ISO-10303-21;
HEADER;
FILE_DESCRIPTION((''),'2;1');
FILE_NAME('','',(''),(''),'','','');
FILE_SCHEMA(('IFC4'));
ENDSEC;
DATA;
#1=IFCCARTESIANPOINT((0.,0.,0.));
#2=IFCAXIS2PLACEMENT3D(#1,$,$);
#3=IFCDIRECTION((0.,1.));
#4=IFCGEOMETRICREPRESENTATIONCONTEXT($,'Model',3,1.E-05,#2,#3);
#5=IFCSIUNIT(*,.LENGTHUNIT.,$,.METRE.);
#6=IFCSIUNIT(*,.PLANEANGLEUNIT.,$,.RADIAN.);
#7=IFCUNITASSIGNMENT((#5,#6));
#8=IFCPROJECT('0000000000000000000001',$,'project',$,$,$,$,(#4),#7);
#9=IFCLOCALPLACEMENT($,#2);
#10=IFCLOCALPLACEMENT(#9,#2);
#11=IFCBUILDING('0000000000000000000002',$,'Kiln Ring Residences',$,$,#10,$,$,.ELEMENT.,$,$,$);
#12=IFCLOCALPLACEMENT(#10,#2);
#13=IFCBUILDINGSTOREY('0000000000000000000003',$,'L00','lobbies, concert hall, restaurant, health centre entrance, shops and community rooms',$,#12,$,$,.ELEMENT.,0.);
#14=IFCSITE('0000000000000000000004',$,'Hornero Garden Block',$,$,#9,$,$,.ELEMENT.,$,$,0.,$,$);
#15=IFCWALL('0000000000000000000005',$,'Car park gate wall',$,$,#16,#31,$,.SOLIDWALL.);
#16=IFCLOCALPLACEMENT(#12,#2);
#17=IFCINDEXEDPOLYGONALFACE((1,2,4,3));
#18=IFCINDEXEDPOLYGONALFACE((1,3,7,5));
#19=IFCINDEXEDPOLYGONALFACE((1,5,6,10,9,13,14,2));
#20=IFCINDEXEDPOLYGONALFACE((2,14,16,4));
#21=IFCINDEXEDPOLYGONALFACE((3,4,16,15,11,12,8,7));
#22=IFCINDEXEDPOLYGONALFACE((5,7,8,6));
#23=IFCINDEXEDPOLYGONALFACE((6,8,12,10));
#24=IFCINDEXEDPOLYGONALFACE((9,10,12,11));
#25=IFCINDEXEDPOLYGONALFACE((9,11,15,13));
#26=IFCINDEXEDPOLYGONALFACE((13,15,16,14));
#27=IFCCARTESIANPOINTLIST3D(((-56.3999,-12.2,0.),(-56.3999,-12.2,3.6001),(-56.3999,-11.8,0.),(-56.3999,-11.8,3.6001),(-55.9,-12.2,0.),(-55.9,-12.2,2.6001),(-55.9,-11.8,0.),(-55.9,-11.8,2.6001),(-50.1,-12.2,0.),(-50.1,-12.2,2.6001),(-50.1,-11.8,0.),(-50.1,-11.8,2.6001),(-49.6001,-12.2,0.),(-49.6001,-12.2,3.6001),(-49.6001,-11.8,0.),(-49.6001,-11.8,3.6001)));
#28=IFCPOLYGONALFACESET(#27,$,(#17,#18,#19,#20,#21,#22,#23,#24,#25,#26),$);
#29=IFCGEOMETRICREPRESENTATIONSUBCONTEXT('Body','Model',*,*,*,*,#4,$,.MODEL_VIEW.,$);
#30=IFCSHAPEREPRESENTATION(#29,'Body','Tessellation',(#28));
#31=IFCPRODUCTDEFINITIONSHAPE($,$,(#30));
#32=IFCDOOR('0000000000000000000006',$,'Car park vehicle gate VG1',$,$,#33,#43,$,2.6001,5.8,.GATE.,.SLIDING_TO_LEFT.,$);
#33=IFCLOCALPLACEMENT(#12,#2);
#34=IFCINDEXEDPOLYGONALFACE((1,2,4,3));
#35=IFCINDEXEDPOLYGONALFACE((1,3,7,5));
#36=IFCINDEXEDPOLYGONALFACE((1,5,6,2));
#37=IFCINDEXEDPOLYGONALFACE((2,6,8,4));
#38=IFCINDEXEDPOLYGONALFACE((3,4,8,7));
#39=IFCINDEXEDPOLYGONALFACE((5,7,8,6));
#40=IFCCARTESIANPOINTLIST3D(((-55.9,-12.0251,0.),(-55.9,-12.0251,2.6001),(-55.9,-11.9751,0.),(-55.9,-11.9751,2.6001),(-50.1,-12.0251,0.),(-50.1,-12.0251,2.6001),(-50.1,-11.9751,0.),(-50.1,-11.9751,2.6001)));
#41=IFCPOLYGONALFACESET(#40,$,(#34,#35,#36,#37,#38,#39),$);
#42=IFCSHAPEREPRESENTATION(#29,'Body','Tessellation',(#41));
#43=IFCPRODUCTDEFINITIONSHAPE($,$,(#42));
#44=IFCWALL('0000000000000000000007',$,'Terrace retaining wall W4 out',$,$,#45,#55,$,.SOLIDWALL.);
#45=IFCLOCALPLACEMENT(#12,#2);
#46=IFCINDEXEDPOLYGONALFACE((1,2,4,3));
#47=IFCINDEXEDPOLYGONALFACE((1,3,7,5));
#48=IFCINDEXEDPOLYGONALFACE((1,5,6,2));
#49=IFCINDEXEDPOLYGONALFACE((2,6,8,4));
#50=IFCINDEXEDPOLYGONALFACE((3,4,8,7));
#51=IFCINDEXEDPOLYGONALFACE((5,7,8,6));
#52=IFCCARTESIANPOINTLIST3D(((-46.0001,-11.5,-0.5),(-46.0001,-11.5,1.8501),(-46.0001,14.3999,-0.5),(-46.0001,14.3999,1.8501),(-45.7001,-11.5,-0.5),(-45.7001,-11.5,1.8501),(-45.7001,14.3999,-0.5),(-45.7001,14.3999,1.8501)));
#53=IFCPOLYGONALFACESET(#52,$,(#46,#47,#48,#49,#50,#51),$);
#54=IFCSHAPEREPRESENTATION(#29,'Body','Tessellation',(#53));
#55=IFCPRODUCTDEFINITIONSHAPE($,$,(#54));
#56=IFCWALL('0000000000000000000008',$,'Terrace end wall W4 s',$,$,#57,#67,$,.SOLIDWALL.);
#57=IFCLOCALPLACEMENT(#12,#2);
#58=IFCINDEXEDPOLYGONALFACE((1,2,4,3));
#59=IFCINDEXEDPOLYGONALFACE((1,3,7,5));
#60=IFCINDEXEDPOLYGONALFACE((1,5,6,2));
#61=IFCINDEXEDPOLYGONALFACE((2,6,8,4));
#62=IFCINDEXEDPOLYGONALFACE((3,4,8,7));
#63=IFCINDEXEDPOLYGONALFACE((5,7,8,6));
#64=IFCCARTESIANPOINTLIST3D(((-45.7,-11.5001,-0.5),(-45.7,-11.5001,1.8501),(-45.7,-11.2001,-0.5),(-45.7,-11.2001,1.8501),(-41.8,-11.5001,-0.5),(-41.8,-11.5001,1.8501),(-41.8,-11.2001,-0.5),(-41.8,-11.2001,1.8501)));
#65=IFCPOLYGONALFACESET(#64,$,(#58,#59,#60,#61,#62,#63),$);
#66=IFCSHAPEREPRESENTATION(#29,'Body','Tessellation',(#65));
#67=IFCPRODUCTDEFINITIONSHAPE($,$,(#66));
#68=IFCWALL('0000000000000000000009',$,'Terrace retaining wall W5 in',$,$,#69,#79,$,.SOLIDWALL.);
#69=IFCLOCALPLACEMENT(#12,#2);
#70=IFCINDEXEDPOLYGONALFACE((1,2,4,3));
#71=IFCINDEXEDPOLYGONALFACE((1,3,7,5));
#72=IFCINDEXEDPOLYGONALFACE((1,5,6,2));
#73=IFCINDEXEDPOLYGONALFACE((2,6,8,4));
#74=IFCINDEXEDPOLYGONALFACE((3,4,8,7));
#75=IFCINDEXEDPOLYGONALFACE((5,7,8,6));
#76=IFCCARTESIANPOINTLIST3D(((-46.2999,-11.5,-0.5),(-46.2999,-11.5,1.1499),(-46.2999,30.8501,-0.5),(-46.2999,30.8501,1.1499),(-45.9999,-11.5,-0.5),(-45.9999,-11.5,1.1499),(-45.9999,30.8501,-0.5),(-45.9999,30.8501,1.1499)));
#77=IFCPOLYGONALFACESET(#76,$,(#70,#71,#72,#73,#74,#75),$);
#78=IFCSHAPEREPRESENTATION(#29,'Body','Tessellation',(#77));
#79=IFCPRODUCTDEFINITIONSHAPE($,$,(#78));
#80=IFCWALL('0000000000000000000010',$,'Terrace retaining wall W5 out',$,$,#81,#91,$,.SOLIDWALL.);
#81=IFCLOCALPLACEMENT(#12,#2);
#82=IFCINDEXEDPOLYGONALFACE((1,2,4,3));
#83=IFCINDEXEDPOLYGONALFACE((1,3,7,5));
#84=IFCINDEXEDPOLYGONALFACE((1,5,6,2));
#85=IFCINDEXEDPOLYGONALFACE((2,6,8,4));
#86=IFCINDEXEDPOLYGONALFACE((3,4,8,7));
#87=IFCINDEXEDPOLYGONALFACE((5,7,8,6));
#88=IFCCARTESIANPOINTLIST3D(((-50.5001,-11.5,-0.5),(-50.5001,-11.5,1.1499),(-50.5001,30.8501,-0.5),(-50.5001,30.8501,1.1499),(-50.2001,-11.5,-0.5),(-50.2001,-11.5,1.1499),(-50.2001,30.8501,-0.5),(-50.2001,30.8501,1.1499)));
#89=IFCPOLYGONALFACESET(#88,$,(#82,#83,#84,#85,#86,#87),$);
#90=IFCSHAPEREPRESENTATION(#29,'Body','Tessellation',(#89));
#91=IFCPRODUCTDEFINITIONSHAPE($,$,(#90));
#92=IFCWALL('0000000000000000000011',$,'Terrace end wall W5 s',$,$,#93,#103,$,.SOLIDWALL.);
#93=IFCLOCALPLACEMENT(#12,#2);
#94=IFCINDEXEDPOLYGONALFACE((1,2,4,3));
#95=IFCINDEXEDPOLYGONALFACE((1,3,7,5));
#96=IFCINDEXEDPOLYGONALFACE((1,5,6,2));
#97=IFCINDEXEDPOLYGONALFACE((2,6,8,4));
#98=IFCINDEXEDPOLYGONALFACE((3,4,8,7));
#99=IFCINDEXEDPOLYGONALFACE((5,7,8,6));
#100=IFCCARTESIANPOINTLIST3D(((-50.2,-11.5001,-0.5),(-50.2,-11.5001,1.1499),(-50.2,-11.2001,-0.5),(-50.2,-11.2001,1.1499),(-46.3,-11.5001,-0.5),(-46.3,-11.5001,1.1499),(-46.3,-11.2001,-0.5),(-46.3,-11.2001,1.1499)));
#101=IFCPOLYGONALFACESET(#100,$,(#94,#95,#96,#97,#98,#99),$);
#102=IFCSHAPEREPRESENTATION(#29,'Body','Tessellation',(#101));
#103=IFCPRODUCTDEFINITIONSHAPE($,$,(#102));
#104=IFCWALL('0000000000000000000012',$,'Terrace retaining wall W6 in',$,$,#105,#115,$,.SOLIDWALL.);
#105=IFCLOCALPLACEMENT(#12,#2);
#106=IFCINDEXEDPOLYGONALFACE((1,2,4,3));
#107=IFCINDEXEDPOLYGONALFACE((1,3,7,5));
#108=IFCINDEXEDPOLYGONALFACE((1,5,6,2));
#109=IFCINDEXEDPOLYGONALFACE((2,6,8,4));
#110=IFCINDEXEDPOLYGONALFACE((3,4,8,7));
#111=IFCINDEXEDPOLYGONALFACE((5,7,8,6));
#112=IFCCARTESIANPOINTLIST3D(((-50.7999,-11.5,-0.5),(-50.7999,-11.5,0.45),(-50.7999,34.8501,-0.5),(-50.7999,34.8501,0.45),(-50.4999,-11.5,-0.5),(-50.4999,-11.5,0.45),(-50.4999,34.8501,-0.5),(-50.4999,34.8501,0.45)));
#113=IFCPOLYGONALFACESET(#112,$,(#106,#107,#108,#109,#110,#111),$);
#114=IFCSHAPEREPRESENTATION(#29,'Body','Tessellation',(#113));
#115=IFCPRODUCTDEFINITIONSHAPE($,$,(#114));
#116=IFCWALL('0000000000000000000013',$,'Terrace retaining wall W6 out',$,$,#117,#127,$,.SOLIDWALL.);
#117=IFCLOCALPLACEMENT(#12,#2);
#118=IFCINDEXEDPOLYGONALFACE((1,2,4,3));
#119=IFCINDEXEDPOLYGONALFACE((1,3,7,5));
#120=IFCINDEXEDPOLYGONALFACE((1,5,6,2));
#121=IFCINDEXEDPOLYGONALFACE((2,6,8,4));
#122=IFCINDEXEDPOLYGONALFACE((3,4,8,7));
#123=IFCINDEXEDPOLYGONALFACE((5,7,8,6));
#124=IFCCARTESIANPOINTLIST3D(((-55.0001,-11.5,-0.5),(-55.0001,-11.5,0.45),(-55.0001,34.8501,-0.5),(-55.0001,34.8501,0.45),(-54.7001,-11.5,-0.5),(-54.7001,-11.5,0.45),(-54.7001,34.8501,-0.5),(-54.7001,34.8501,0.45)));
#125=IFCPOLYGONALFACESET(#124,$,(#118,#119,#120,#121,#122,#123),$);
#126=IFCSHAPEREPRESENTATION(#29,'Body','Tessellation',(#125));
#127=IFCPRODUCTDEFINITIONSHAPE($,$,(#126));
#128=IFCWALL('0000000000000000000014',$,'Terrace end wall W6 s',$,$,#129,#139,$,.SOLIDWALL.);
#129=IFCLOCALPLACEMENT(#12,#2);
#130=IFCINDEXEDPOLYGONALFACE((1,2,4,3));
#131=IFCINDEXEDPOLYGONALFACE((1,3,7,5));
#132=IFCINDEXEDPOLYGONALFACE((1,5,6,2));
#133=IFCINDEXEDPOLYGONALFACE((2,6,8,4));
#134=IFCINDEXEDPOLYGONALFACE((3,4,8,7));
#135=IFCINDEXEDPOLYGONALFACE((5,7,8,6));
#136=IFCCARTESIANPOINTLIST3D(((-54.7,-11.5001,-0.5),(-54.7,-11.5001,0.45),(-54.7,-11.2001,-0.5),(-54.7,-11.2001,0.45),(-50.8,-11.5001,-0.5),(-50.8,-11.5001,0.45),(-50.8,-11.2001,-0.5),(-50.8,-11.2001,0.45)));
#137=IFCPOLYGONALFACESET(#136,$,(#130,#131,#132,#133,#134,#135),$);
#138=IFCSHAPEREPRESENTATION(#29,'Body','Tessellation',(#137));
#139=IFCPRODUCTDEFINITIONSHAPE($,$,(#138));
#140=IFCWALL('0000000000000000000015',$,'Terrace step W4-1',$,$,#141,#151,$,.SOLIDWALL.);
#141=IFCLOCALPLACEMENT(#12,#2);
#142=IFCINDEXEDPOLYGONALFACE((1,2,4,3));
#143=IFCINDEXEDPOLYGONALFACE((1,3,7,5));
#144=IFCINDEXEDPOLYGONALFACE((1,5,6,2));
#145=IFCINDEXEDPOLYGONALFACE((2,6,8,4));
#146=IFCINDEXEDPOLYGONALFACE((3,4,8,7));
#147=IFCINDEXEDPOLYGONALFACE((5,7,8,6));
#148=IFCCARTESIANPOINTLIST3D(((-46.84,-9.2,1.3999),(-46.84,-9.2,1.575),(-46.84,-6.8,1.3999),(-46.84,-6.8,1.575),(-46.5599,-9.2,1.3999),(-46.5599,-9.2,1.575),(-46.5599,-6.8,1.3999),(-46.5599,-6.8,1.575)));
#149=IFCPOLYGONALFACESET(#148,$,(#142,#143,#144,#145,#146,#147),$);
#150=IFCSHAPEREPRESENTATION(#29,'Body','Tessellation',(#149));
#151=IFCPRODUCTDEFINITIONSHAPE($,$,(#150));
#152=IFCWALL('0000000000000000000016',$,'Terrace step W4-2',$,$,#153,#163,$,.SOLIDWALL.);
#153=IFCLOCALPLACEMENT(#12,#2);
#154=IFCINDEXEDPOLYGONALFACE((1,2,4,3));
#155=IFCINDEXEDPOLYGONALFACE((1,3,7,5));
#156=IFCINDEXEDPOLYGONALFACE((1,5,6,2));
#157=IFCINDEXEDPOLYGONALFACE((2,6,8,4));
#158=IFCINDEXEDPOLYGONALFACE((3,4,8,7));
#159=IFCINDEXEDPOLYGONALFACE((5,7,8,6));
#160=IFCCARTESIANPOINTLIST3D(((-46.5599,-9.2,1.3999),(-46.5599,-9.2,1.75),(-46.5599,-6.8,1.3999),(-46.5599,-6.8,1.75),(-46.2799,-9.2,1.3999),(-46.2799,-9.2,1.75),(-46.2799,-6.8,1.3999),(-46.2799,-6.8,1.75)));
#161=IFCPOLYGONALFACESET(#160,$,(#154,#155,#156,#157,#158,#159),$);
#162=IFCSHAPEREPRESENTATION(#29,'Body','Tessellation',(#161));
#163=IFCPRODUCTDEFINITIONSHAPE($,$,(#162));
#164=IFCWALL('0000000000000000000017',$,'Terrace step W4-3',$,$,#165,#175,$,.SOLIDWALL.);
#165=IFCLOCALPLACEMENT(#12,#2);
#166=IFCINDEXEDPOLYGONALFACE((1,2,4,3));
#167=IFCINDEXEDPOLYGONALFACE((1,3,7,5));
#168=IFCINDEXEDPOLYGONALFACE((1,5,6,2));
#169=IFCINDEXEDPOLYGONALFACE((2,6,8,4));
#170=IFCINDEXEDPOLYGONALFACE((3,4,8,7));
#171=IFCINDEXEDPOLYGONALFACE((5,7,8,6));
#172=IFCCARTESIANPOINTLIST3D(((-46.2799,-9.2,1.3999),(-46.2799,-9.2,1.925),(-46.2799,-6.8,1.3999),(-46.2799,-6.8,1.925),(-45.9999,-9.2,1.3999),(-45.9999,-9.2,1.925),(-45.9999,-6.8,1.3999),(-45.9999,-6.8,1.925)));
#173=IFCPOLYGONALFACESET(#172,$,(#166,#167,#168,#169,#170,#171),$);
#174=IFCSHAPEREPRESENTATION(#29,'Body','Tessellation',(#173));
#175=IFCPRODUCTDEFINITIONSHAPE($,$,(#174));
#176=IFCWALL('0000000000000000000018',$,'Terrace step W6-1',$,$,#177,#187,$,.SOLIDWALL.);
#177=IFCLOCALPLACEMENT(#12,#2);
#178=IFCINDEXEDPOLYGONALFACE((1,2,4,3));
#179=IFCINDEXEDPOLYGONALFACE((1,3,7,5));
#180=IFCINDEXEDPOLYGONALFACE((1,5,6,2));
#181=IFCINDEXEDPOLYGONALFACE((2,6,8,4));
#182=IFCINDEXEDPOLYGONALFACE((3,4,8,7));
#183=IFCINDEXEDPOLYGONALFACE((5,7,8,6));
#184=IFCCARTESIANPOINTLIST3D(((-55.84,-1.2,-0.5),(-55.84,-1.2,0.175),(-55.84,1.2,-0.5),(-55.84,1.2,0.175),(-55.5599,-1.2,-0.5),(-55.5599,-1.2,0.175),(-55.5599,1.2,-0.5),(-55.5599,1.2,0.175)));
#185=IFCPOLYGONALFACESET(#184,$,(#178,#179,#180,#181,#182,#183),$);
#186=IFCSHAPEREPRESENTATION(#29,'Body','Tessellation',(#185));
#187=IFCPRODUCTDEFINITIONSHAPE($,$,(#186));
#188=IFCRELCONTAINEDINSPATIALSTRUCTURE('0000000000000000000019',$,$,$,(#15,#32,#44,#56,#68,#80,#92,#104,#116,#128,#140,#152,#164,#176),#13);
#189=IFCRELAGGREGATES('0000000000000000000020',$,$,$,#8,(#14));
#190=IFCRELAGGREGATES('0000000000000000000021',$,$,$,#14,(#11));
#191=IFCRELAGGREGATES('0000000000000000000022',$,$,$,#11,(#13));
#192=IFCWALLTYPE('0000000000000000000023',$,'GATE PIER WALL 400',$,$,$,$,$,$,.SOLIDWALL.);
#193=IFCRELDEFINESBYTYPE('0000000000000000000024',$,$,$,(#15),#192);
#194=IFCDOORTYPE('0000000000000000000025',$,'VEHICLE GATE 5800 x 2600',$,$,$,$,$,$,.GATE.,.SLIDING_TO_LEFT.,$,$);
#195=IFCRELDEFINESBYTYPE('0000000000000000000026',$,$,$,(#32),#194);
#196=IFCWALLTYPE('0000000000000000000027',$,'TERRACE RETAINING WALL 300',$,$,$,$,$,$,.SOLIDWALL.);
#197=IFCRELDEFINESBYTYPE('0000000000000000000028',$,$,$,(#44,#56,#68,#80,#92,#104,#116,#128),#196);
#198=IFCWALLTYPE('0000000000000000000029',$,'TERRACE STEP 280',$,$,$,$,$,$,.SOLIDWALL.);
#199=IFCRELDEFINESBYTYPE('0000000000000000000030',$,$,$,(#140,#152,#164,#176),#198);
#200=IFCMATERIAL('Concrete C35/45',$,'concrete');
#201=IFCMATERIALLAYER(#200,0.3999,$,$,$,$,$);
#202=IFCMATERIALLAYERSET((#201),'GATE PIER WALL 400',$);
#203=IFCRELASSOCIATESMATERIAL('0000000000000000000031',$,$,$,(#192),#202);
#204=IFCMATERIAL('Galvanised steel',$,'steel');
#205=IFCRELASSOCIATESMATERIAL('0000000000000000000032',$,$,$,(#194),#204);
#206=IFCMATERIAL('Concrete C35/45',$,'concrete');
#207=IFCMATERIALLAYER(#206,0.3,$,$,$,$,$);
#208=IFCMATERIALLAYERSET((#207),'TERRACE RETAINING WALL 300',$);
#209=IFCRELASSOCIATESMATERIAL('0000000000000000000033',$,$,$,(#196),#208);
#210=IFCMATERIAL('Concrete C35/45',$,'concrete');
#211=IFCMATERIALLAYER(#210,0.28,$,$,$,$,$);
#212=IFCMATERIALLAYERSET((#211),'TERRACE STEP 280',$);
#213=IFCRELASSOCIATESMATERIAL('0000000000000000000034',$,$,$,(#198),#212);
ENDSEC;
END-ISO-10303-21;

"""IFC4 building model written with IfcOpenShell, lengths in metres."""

from ifc_helpers import new_model, si_unit, direction, frame, frame_2d, origin, place, context, subcontext, project, spatial, rectangle, extrude, material, layer, layer_set, type_object, element, fill, save


model = new_model("IFC4")

# Units and contexts
model_context = context("Model", 3, precision=1e-05, world=origin(), true_north=direction((0.0, 1.0)))
body_context = subcontext(model_context, "Body", "Model", "MODEL_VIEW")
ifc_project = project(units=[si_unit("LENGTHUNIT", "METRE"), si_unit("PLANEANGLEUNIT", "RADIAN")], contexts=[model_context])

# Site, building, storey
site_placement = place(None, origin())
site = spatial("IfcSite", under=ifc_project, at=site_placement, Name="Hornero Garden Block", CompositionType="ELEMENT", RefElevation=0.0)
building_placement = place(site_placement, origin())
building = spatial("IfcBuilding", under=site, at=building_placement, Name="Kiln Ring Residences", CompositionType="ELEMENT")
storey_placement = place(building_placement, origin())
storey = spatial("IfcBuildingStorey", under=building, at=storey_placement, Name="L00", Description="lobbies, concert hall, restaurant, health centre entrance, shops and community rooms", CompositionType="ELEMENT", Elevation=0.0)

# Wall, opening, door
ifc_material_1 = material(Name="Concrete C35/45", Category="concrete")
ifc_layer_1 = layer(ifc_material_1, 0.3999)
ifc_layer_set_1 = layer_set([ifc_layer_1], Name="GATE PIER WALL 400")
wall_type_1 = type_object("IfcWallType", Name="GATE PIER WALL 400", PredefinedType="SOLIDWALL", material=ifc_layer_set_1)
wall_1_placement = place(storey_placement, frame((-56.3999, -12.0, 0.0), z_axis=(0.0, 0.0, 1.0), x_axis=(1.0, 0.0, 0.0)))
wall_1 = element("IfcWall", 1, at=wall_1_placement, inside=storey, type_object=wall_type_1, Name="Car park gate wall", PredefinedType="SOLIDWALL", context=body_context, shape_type="SweptSolid", body=[
    extrude(rectangle(XDim=6.7998, YDim=0.3999, at=frame_2d((3.3999, 0.0))), origin(), (0.0, 0.0, 1.0), 3.6001),
])
opening_placement = place(wall_1_placement, frame((0.5, 0.0, 0.0)))
opening = element("IfcOpeningElement", 2, at=opening_placement, cuts=wall_1, PredefinedType="OPENING", context=body_context, shape_type="SweptSolid", body=[
    extrude(rectangle(XDim=5.8, YDim=2.6001, at=frame_2d((2.8999, 1.3))), frame((0.0, 0.21, 0.0), z_axis=(0.0, -1.0, 0.0), x_axis=(1.0, 0.0, 0.0)), (0.0, 0.0, 1.0), 0.4199),
])
ifc_material_2 = material(Name="Galvanised steel", Category="steel")
door_type = type_object("IfcDoorType", Name="VEHICLE GATE 5800 x 2600", OperationType="SLIDING_TO_LEFT", PredefinedType="GATE", material=ifc_material_2)
door_placement = place(opening_placement, origin())
door = element("IfcDoor", 3, at=door_placement, inside=storey, type_object=door_type, Name="Car park vehicle gate VG1", OperationType="SLIDING_TO_LEFT", OverallHeight=2.6001, OverallWidth=5.8, PredefinedType="GATE", context=body_context, shape_type="SweptSolid", body=[
    extrude(rectangle(XDim=5.8, YDim=2.6001, at=frame_2d((2.8999, 1.3))), frame((0.0, 0.0249, 0.0), z_axis=(0.0, -1.0, 0.0), x_axis=(1.0, 0.0, 0.0)), (0.0, 0.0, 1.0), 0.05),
])
fill(opening, door)

# Walls
ifc_material_3 = material(Name="Concrete C35/45", Category="concrete")
ifc_layer_2 = layer(ifc_material_3, 0.3)
ifc_layer_set_2 = layer_set([ifc_layer_2], Name="TERRACE RETAINING WALL 300")
wall_type_2 = type_object("IfcWallType", Name="TERRACE RETAINING WALL 300", PredefinedType="SOLIDWALL", material=ifc_layer_set_2)
wall_2_placement = place(storey_placement, frame((-45.8501, -11.5, -0.5), z_axis=(0.0, 0.0, 1.0), x_axis=(0.0, 1.0, 0.0)))
element("IfcWall", 4, at=wall_2_placement, inside=storey, type_object=wall_type_2, Name="Terrace retaining wall W4 out", PredefinedType="SOLIDWALL", context=body_context, shape_type="SweptSolid", body=[
    extrude(rectangle(XDim=25.8999, YDim=0.3, at=frame_2d((12.95, 0.0))), origin(), (0.0, 0.0, 1.0), 2.3501),
])
wall_3_placement = place(storey_placement, frame((-45.7, -11.3501, -0.5), z_axis=(0.0, 0.0, 1.0), x_axis=(1.0, 0.0, 0.0)))
element("IfcWall", 5, at=wall_3_placement, inside=storey, type_object=wall_type_2, Name="Terrace end wall W4 s", PredefinedType="SOLIDWALL", context=body_context, shape_type="SweptSolid", body=[
    extrude(rectangle(XDim=3.8999, YDim=0.3, at=frame_2d((1.95, 0.0))), origin(), (0.0, 0.0, 1.0), 2.3501),
])
for number, where, z_axis, x_axis, name in (
    (6, (-46.1499, -11.5, -0.5), (0.0, 0.0, 1.0), (0.0, 1.0, 0.0), "Terrace retaining wall W5 in"),
    (7, (-50.3501, -11.5, -0.5), (0.0, 0.0, 1.0), (0.0, 1.0, 0.0), "Terrace retaining wall W5 out"),
):
    element("IfcWall", number, at=place(storey_placement, frame(where, z_axis=z_axis, x_axis=x_axis)), inside=storey, type_object=wall_type_2, Name=name, PredefinedType="SOLIDWALL", context=body_context, shape_type="SweptSolid", body=[
        extrude(rectangle(XDim=42.3501, YDim=0.3, at=frame_2d((21.175, 0.0))), origin(), (0.0, 0.0, 1.0), 1.6499),
    ])
wall_4_placement = place(storey_placement, frame((-50.2, -11.3501, -0.5), z_axis=(0.0, 0.0, 1.0), x_axis=(1.0, 0.0, 0.0)))
element("IfcWall", 8, at=wall_4_placement, inside=storey, type_object=wall_type_2, Name="Terrace end wall W5 s", PredefinedType="SOLIDWALL", context=body_context, shape_type="SweptSolid", body=[
    extrude(rectangle(XDim=3.8999, YDim=0.3, at=frame_2d((1.95, 0.0))), origin(), (0.0, 0.0, 1.0), 1.6499),
])
for number, where, z_axis, x_axis, name in (
    (9, (-50.6499, -11.5, -0.5), (0.0, 0.0, 1.0), (0.0, 1.0, 0.0), "Terrace retaining wall W6 in"),
    (10, (-54.8501, -11.5, -0.5), (0.0, 0.0, 1.0), (0.0, 1.0, 0.0), "Terrace retaining wall W6 out"),
):
    element("IfcWall", number, at=place(storey_placement, frame(where, z_axis=z_axis, x_axis=x_axis)), inside=storey, type_object=wall_type_2, Name=name, PredefinedType="SOLIDWALL", context=body_context, shape_type="SweptSolid", body=[
        extrude(rectangle(XDim=46.3501, YDim=0.3, at=frame_2d((23.175, 0.0))), origin(), (0.0, 0.0, 1.0), 0.95),
    ])
wall_5_placement = place(storey_placement, frame((-54.7, -11.3501, -0.5), z_axis=(0.0, 0.0, 1.0), x_axis=(1.0, 0.0, 0.0)))
element("IfcWall", 11, at=wall_5_placement, inside=storey, type_object=wall_type_2, Name="Terrace end wall W6 s", PredefinedType="SOLIDWALL", context=body_context, shape_type="SweptSolid", body=[
    extrude(rectangle(XDim=3.8999, YDim=0.3, at=frame_2d((1.95, 0.0))), origin(), (0.0, 0.0, 1.0), 0.95),
])
ifc_material_4 = material(Name="Concrete C35/45", Category="concrete")
ifc_layer_3 = layer(ifc_material_4, 0.28)
ifc_layer_set_3 = layer_set([ifc_layer_3], Name="TERRACE STEP 280")
wall_type_3 = type_object("IfcWallType", Name="TERRACE STEP 280", PredefinedType="SOLIDWALL", material=ifc_layer_set_3)
wall_6_placement = place(storey_placement, frame((-46.7, -9.2, 1.3999), z_axis=(0.0, 0.0, 1.0), x_axis=(0.0, 1.0, 0.0)))
element("IfcWall", 12, at=wall_6_placement, inside=storey, type_object=wall_type_3, Name="Terrace step W4-1", PredefinedType="SOLIDWALL", context=body_context, shape_type="SweptSolid", body=[
    extrude(rectangle(XDim=2.3999, YDim=0.28, at=frame_2d((1.2, 0.0))), origin(), (0.0, 0.0, 1.0), 0.175),
])
wall_7_placement = place(storey_placement, frame((-46.4199, -9.2, 1.3999), z_axis=(0.0, 0.0, 1.0), x_axis=(0.0, 1.0, 0.0)))
element("IfcWall", 13, at=wall_7_placement, inside=storey, type_object=wall_type_3, Name="Terrace step W4-2", PredefinedType="SOLIDWALL", context=body_context, shape_type="SweptSolid", body=[
    extrude(rectangle(XDim=2.3999, YDim=0.28, at=frame_2d((1.2, 0.0))), origin(), (0.0, 0.0, 1.0), 0.3501),
])
wall_8_placement = place(storey_placement, frame((-46.1399, -9.2, 1.3999), z_axis=(0.0, 0.0, 1.0), x_axis=(0.0, 1.0, 0.0)))
element("IfcWall", 14, at=wall_8_placement, inside=storey, type_object=wall_type_3, Name="Terrace step W4-3", PredefinedType="SOLIDWALL", context=body_context, shape_type="SweptSolid", body=[
    extrude(rectangle(XDim=2.3999, YDim=0.28, at=frame_2d((1.2, 0.0))), origin(), (0.0, 0.0, 1.0), 0.5251),
])
wall_9_placement = place(storey_placement, frame((-55.7, -1.2, -0.5), z_axis=(0.0, 0.0, 1.0), x_axis=(0.0, 1.0, 0.0)))
element("IfcWall", 15, at=wall_9_placement, inside=storey, type_object=wall_type_3, Name="Terrace step W6-1", PredefinedType="SOLIDWALL", context=body_context, shape_type="SweptSolid", body=[
    extrude(rectangle(XDim=2.3999, YDim=0.28, at=frame_2d((1.2, 0.0))), origin(), (0.0, 0.0, 1.0), 0.675),
])

save(model, "model.ifc")
